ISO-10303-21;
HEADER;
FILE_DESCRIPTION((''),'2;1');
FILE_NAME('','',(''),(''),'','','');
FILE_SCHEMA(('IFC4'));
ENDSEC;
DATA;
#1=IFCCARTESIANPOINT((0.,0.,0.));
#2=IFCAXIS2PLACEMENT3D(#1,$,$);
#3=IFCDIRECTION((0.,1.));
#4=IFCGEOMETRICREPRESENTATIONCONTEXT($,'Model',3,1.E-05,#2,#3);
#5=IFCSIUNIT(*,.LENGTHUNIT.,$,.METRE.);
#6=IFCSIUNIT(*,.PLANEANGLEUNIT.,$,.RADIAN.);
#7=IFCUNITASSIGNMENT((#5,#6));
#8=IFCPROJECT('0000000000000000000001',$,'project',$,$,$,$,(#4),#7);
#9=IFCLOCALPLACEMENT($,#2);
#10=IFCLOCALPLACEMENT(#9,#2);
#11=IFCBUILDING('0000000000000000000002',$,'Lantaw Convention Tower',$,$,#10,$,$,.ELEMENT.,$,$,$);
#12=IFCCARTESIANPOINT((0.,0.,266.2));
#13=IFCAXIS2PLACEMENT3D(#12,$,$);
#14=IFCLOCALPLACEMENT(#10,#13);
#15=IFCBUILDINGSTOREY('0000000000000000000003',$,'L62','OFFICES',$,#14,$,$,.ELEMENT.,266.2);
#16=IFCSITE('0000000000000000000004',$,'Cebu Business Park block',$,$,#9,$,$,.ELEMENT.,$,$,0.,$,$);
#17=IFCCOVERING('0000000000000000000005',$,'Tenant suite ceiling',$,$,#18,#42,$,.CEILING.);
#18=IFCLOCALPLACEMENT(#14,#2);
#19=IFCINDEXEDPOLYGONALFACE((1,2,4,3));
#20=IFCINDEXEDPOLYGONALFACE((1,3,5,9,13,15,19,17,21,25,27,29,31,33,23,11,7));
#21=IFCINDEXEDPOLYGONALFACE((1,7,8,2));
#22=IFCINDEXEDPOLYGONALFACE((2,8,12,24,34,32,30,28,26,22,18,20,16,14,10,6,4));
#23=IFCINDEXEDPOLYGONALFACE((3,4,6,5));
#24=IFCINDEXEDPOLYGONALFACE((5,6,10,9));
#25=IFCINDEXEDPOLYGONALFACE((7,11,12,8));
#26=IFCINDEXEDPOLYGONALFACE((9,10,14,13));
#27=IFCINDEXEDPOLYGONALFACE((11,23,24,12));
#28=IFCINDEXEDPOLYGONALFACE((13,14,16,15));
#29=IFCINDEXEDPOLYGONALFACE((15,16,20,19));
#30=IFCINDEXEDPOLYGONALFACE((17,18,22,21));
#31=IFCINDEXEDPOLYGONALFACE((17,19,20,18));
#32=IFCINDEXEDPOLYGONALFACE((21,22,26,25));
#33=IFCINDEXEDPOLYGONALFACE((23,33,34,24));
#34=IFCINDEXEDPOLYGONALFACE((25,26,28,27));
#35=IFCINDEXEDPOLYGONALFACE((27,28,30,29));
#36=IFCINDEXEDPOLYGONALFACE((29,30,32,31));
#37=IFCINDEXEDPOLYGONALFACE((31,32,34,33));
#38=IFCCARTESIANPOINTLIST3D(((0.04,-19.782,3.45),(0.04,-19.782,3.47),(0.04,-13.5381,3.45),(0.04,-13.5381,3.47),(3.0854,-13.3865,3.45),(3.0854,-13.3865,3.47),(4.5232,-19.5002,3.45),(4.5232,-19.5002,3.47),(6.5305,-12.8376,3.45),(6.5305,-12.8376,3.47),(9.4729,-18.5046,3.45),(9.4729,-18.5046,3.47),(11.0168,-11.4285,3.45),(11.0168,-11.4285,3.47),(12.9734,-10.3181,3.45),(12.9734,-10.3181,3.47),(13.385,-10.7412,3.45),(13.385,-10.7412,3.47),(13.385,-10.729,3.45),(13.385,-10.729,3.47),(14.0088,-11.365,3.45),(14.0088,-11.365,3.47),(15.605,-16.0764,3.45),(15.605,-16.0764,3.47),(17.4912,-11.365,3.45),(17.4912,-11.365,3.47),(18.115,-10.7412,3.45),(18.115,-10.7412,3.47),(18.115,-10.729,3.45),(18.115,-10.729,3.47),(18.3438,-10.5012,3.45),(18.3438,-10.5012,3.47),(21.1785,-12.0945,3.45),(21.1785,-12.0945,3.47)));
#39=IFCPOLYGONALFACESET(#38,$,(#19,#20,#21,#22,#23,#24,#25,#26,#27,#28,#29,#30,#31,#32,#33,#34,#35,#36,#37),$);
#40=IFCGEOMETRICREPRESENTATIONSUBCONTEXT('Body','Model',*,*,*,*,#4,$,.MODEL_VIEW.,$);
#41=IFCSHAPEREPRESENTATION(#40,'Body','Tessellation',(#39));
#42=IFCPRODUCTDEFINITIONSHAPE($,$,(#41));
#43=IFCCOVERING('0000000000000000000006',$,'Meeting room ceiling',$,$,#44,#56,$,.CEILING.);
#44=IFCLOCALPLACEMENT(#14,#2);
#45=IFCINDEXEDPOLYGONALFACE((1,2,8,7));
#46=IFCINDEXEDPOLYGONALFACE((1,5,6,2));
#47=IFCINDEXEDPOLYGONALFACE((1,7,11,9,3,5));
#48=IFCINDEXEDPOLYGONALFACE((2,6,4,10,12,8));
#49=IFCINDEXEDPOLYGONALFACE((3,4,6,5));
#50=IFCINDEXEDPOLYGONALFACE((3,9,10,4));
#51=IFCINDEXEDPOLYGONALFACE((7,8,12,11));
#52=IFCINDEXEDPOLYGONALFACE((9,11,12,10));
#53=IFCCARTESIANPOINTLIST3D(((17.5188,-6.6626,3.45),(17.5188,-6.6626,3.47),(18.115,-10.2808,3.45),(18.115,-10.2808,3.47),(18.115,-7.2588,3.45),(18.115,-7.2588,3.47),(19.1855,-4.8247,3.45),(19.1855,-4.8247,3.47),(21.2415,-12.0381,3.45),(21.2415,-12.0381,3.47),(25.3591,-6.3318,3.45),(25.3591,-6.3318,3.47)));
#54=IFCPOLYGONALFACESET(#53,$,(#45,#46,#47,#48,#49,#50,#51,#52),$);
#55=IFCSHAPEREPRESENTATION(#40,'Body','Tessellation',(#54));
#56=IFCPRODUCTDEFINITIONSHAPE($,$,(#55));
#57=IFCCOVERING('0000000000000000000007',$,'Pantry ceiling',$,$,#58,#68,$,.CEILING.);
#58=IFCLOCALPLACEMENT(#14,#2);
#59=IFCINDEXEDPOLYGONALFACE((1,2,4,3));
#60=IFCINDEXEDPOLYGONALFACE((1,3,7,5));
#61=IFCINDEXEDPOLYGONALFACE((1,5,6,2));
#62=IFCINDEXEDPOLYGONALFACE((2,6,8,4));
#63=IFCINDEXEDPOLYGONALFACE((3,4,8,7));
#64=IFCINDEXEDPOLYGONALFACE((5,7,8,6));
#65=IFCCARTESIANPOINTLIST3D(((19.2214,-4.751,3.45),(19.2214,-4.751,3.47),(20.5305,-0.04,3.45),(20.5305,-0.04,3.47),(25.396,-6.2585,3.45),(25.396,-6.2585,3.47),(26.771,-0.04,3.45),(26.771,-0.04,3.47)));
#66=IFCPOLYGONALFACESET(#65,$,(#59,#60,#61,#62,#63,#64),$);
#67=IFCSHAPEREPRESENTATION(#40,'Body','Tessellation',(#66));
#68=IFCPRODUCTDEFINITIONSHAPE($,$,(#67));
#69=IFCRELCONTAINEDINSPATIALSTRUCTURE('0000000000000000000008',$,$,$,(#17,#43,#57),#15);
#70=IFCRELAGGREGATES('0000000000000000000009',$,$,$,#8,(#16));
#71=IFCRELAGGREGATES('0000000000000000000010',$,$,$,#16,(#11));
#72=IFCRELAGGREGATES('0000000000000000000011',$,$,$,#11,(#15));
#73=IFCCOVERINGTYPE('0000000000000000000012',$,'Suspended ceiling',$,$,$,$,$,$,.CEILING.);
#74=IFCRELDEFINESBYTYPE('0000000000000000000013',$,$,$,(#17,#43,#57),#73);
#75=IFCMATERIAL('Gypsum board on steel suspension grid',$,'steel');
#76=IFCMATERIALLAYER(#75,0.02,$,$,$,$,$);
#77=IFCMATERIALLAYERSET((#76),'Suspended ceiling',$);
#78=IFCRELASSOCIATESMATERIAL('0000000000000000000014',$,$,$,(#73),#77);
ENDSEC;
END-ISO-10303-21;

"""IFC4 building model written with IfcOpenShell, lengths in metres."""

from ifc_helpers import new_model, si_unit, direction, frame, origin, place, context, subcontext, project, spatial, polyline, outline, extrude, material, layer, layer_set, type_object, element, save


model = new_model("IFC4")

# Units and contexts
model_context = context("Model", 3, precision=1e-05, world=origin(), true_north=direction((0.0, 1.0)))
body_context = subcontext(model_context, "Body", "Model", "MODEL_VIEW")
ifc_project = project(units=[si_unit("LENGTHUNIT", "METRE"), si_unit("PLANEANGLEUNIT", "RADIAN")], contexts=[model_context])

# Site, building, storey
site_placement = place(None, origin())
site = spatial("IfcSite", under=ifc_project, at=site_placement, Name="Cebu Business Park block", CompositionType="ELEMENT", RefElevation=0.0)
building_placement = place(site_placement, origin())
building = spatial("IfcBuilding", under=site, at=building_placement, Name="Lantaw Convention Tower", CompositionType="ELEMENT")
storey_placement = place(building_placement, frame((0.0, 0.0, 266.2)))
storey = spatial("IfcBuildingStorey", under=building, at=storey_placement, Name="L62", Description="OFFICES", CompositionType="ELEMENT", Elevation=266.2)

# Coverings
ifc_material_1 = material(Name="Gypsum board on steel suspension grid", Category="steel")
ifc_layer_1 = layer(ifc_material_1, 0.02)
ifc_layer_set_1 = layer_set([ifc_layer_1], Name="Suspended ceiling")
covering_type = type_object("IfcCoveringType", Name="Suspended ceiling", PredefinedType="CEILING", material=ifc_layer_set_1)
covering_1_placement = place(storey_placement, frame((0.0, 0.0, 3.45)))
element("IfcCovering", 1, at=covering_1_placement, inside=storey, type_object=covering_type, Name="Tenant suite ceiling", PredefinedType="CEILING", context=body_context, shape_type="SweptSolid", body=[
    extrude(outline(polyline([(6.5305, -12.8376), (3.0854, -13.3865), (0.04, -13.5381), (0.04, -19.782), (4.5232, -19.5002), (9.4729, -18.5046), (15.605, -16.0764), (21.1785, -12.0945), (18.3438, -10.5012), (18.115, -10.729), (18.115, -10.7412), (17.4912, -11.365), (14.0088, -11.365), (13.385, -10.7412), (13.385, -10.729), (12.9734, -10.3181), (11.0168, -11.4285), (6.5305, -12.8376)])), origin(), (0.0, 0.0, 1.0), 0.02),
])
covering_2_placement = place(storey_placement, frame((0.0, 0.0, 3.45)))
element("IfcCovering", 2, at=covering_2_placement, inside=storey, type_object=covering_type, Name="Meeting room ceiling", PredefinedType="CEILING", context=body_context, shape_type="SweptSolid", body=[
    extrude(outline(polyline([(17.5188, -6.6626), (18.115, -7.2588), (18.115, -10.2808), (21.2415, -12.0381), (25.3591, -6.3318), (19.1855, -4.8247), (17.5188, -6.6626)])), origin(), (0.0, 0.0, 1.0), 0.02),
])
covering_3_placement = place(storey_placement, frame((0.0, 0.0, 3.45)))
element("IfcCovering", 3, at=covering_3_placement, inside=storey, type_object=covering_type, Name="Pantry ceiling", PredefinedType="CEILING", context=body_context, shape_type="SweptSolid", body=[
    extrude(outline(polyline([(19.2214, -4.751), (25.396, -6.2585), (26.771, -0.04), (20.5305, -0.04), (19.2214, -4.751)])), origin(), (0.0, 0.0, 1.0), 0.02),
])

save(model, "model.ifc")
